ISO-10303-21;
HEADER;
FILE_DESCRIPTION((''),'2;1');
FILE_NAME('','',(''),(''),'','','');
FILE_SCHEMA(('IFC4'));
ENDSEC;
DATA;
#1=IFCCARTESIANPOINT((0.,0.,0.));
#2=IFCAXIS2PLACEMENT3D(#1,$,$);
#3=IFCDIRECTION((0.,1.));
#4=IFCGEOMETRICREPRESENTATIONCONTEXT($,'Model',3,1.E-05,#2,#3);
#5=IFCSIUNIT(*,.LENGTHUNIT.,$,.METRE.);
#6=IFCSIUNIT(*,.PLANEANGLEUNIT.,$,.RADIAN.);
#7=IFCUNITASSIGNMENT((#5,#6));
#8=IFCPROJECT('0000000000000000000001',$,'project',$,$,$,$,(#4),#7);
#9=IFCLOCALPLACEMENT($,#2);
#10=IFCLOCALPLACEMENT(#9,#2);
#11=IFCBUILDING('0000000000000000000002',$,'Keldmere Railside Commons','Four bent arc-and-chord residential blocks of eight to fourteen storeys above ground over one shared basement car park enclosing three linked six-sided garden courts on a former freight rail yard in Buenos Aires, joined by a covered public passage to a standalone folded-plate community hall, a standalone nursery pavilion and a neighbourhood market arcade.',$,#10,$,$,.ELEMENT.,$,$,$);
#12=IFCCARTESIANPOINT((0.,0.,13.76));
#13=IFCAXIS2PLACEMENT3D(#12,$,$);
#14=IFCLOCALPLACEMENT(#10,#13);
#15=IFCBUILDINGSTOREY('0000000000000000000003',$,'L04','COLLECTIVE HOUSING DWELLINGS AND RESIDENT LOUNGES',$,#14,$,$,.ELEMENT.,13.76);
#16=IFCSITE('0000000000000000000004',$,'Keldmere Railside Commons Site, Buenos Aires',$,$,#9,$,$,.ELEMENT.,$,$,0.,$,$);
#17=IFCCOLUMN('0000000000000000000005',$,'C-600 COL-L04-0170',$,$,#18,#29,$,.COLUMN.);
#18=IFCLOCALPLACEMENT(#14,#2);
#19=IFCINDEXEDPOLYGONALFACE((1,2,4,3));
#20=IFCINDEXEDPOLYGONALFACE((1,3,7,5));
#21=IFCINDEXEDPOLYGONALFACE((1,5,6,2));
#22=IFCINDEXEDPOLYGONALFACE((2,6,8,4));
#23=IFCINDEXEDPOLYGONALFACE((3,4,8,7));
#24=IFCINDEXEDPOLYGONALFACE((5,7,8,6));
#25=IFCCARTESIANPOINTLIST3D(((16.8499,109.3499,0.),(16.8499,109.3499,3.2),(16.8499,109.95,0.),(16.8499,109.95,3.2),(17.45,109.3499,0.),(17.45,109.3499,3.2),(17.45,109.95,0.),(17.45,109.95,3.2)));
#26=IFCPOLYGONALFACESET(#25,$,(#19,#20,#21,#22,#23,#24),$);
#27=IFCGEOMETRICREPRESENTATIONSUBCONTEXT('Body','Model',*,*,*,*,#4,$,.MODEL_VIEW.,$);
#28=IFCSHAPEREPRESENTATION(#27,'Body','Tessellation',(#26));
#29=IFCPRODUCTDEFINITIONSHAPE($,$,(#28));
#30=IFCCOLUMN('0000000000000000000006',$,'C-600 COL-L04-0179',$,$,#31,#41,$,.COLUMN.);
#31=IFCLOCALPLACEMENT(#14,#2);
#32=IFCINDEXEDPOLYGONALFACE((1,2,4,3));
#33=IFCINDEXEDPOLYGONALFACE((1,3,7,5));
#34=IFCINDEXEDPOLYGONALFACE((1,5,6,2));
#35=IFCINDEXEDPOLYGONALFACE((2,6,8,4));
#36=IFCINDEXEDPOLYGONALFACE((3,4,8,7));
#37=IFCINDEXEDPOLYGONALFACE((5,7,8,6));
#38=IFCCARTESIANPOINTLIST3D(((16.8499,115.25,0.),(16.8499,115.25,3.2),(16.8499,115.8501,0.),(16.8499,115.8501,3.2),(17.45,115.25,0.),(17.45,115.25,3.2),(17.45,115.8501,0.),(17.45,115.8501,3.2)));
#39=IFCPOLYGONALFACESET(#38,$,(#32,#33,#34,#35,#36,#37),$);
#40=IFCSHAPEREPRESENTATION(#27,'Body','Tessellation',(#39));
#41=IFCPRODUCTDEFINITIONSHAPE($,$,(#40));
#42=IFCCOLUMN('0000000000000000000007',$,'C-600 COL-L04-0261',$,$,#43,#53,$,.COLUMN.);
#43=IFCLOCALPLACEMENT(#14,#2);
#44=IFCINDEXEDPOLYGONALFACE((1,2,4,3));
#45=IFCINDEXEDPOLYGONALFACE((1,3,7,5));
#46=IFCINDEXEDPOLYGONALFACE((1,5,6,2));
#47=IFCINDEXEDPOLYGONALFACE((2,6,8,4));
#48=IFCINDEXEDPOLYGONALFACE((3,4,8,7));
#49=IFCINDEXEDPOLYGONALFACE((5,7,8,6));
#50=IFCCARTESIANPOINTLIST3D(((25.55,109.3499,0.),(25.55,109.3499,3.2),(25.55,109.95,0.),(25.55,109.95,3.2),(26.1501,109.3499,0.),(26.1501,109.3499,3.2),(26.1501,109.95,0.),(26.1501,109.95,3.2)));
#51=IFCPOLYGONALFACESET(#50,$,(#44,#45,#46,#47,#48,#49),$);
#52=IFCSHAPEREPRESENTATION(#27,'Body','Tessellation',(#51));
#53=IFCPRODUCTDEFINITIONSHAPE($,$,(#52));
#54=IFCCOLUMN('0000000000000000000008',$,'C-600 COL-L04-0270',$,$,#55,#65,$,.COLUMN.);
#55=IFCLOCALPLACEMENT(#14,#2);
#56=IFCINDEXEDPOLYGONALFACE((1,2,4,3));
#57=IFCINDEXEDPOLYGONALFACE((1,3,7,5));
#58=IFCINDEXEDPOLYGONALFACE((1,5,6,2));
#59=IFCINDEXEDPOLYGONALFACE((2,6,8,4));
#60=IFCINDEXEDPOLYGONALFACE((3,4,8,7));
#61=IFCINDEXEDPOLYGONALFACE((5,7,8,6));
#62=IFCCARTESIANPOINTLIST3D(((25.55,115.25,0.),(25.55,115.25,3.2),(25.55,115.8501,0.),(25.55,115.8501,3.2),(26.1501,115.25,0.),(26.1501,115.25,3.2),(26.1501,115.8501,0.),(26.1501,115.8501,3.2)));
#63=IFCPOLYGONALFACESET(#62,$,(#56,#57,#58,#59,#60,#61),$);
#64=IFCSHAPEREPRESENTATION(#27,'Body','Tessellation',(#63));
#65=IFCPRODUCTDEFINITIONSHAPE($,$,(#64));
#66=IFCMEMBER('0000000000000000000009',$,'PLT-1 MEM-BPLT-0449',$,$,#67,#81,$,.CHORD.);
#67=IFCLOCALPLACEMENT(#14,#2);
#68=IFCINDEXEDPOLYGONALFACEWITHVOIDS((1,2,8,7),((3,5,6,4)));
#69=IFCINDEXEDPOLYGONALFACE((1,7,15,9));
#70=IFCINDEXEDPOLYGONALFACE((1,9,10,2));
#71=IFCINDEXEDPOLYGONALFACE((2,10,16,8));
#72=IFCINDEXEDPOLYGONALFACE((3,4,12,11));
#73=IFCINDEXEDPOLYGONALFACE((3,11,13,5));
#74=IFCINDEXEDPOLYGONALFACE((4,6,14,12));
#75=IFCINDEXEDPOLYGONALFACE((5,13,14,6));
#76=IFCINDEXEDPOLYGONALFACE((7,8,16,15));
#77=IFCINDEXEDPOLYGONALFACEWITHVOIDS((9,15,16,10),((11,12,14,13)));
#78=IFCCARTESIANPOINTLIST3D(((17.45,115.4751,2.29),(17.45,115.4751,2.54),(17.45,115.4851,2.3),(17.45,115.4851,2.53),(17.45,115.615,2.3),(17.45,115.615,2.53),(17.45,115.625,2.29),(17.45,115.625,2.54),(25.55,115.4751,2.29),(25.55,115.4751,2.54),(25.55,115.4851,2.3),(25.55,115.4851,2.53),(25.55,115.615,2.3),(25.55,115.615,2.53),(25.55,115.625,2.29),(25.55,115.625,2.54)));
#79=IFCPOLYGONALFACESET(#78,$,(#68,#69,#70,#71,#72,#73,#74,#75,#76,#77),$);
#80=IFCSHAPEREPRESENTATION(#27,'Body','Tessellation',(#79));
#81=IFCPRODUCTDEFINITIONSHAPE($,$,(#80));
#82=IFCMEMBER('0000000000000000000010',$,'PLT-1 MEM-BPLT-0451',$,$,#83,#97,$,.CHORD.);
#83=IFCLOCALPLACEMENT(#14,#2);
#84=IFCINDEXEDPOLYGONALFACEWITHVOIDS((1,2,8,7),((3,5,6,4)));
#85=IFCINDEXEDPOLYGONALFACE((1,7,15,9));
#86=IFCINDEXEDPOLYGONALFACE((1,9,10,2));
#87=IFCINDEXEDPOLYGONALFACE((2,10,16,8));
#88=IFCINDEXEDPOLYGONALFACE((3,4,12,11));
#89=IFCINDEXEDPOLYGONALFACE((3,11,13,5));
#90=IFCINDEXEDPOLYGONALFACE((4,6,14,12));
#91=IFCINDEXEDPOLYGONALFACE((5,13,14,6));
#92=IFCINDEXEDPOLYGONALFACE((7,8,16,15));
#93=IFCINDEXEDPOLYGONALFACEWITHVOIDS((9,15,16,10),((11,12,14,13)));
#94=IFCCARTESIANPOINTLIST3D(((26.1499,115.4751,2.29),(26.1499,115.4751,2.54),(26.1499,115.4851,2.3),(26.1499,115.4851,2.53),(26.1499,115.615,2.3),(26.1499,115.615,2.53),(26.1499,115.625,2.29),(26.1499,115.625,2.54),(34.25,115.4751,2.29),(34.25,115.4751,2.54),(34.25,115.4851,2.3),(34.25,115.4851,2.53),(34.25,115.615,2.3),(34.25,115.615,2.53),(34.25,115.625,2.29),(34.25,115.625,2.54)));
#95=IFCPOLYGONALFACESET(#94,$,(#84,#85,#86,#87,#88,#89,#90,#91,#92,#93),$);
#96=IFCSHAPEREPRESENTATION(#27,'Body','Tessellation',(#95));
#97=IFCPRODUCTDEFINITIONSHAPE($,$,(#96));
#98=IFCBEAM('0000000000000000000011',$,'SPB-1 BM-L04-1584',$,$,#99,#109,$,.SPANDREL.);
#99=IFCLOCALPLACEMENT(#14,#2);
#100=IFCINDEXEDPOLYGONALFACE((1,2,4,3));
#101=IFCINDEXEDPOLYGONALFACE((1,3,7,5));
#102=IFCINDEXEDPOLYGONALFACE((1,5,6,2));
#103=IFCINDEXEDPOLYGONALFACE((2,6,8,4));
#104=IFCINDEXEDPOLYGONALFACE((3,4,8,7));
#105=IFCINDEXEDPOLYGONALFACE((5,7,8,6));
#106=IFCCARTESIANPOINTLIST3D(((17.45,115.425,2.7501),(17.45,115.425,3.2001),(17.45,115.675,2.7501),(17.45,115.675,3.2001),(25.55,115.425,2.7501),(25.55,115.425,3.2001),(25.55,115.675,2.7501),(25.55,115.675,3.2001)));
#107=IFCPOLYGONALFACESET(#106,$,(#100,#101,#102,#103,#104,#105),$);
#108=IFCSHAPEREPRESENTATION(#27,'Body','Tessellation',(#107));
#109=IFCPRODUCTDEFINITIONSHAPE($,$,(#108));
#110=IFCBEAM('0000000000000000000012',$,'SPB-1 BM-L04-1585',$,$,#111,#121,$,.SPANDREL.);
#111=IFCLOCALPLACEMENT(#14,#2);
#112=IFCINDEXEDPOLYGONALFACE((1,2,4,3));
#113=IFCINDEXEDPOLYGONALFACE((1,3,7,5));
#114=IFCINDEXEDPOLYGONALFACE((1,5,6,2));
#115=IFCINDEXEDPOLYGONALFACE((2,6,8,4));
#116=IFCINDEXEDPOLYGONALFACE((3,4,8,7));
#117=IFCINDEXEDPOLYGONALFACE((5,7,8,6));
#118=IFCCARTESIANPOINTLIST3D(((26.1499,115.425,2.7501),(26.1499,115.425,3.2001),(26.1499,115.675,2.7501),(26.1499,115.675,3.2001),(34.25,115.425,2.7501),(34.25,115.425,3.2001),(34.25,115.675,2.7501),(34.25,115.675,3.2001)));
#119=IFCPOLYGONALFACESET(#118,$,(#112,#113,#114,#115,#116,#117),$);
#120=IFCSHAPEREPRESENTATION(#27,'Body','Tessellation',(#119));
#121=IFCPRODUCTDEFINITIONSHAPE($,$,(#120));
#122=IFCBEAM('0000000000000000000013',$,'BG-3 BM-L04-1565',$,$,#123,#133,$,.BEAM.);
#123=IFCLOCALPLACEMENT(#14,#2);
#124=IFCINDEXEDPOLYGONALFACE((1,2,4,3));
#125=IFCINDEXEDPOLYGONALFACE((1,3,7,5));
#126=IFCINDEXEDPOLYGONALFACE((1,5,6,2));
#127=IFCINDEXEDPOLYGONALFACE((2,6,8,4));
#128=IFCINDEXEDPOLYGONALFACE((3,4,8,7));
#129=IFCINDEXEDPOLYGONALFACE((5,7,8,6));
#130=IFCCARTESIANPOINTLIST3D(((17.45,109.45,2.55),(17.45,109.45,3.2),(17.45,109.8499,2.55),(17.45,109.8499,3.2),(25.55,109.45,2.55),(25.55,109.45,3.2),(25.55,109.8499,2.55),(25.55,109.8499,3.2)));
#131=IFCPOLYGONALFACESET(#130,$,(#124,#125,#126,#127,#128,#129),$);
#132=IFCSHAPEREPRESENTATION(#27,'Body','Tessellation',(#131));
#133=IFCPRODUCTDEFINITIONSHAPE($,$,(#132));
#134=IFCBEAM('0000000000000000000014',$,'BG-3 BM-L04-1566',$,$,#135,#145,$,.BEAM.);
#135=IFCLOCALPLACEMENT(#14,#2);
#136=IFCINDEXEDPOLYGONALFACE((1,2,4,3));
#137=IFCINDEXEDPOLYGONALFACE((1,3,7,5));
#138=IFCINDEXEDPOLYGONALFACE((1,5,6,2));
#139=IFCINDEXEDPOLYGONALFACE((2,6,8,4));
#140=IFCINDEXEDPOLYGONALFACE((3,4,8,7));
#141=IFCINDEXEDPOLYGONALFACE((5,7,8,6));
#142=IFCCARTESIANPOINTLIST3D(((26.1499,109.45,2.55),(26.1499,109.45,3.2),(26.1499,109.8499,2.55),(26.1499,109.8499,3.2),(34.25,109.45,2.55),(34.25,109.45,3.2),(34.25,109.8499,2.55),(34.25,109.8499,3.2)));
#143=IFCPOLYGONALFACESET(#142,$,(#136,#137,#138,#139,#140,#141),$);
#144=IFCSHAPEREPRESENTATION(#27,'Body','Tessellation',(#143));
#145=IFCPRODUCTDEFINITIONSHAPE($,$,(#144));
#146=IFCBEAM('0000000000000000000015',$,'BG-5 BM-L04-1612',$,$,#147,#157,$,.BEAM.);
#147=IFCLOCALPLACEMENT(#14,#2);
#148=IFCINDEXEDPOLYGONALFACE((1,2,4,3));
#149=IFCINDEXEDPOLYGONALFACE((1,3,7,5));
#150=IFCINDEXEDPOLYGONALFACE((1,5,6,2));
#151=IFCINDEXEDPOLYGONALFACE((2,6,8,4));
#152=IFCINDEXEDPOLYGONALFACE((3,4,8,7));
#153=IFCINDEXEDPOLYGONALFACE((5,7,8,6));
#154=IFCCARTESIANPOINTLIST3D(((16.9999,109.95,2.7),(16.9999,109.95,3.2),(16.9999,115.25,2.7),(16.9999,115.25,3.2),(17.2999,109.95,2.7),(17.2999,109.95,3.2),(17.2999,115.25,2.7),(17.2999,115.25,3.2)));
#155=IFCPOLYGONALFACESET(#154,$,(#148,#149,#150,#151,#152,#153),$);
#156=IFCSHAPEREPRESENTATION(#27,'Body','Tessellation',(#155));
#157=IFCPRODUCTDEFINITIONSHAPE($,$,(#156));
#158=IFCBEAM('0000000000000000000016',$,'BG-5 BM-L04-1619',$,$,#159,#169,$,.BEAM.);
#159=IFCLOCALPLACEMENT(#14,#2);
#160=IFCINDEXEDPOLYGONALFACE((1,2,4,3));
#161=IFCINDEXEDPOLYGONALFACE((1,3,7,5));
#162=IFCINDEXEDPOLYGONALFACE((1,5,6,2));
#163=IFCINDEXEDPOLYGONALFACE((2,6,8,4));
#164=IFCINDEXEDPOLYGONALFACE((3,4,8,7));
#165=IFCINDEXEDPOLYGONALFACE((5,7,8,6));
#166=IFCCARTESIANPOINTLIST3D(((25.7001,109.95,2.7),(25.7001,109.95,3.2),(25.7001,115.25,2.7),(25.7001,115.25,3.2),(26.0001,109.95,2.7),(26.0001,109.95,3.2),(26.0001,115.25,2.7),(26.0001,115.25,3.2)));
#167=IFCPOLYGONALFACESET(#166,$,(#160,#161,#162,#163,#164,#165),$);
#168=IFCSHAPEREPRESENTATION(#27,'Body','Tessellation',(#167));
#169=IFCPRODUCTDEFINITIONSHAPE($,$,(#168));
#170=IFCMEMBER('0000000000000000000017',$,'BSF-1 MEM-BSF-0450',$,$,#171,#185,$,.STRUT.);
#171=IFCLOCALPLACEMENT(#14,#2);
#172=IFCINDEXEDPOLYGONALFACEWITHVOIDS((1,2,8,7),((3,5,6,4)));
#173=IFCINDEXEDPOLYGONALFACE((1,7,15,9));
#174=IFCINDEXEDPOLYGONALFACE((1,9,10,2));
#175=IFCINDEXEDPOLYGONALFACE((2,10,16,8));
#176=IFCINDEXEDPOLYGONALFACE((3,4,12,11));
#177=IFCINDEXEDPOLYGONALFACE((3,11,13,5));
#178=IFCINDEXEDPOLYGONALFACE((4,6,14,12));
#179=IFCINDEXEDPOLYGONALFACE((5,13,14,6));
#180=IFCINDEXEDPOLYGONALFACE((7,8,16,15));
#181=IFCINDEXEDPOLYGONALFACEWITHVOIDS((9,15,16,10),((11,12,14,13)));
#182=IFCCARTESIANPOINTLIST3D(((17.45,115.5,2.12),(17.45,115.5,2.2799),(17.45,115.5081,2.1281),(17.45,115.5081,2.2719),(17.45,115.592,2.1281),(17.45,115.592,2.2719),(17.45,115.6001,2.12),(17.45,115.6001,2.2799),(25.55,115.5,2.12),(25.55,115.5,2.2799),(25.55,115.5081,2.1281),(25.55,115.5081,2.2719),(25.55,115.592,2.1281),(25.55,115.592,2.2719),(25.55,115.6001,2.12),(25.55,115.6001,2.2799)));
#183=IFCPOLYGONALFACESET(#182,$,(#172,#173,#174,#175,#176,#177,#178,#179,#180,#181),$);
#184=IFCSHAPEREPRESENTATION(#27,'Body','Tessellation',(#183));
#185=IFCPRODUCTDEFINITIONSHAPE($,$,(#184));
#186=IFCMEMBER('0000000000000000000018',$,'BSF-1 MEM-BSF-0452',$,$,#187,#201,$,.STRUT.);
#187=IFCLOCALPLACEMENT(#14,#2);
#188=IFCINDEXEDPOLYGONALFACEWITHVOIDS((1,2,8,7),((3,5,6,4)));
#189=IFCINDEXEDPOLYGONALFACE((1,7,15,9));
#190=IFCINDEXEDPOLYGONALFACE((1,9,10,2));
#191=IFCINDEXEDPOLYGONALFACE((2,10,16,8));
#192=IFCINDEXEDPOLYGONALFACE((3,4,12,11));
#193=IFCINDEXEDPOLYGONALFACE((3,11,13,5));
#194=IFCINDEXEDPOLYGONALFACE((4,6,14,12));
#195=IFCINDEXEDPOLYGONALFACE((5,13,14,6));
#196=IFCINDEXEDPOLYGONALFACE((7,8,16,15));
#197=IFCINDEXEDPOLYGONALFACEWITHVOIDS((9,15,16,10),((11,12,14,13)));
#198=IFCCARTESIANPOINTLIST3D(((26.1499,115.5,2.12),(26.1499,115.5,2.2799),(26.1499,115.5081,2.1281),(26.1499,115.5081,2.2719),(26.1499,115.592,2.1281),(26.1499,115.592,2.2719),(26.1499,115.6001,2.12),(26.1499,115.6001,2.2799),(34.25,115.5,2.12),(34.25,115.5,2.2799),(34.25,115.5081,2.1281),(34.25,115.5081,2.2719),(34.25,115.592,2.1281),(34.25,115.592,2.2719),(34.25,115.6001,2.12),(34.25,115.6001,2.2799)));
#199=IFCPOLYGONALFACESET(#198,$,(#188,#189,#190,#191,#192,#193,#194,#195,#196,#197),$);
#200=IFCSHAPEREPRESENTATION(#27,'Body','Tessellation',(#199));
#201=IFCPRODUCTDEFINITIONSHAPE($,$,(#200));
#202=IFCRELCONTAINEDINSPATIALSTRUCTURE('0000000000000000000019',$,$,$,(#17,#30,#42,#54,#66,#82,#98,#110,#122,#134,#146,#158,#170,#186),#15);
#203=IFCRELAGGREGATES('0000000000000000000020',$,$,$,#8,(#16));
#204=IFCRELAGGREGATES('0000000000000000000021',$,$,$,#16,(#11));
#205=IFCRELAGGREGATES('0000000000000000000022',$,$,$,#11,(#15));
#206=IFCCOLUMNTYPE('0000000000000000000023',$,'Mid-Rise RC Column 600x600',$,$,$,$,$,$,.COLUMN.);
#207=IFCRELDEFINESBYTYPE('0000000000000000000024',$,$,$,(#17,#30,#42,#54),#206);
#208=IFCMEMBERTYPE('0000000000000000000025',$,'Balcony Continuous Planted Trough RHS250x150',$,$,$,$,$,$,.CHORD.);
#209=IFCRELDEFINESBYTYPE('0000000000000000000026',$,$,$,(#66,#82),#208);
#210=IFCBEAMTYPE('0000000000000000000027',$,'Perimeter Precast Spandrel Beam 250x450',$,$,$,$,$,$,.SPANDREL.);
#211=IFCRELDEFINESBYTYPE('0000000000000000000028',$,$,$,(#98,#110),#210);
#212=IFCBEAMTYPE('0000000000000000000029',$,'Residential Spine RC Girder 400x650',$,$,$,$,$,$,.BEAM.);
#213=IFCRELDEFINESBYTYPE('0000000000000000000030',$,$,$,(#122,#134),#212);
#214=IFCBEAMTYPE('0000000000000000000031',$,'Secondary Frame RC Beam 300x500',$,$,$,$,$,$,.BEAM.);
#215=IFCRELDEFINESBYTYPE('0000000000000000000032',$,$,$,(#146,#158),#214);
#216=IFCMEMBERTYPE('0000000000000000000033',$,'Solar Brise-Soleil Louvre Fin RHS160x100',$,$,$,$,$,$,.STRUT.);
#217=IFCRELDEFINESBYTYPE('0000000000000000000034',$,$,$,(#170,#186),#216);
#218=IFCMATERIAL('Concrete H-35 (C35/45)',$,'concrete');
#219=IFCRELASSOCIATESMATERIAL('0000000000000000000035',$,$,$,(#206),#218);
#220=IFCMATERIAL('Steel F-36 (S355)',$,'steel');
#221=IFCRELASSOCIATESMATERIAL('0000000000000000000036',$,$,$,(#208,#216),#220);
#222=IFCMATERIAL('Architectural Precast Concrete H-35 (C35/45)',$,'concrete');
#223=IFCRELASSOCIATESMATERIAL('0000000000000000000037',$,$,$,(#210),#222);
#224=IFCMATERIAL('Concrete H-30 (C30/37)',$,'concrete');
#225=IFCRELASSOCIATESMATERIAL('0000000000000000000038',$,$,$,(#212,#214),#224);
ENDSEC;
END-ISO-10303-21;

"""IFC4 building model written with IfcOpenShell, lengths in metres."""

from ifc_helpers import new_model, si_unit, direction, frame, origin, origin_2d, place, context, subcontext, project, spatial, rectangle, hollow_rectangle, extrude, material, material_profile, profile_set, type_object, element, save


model = new_model("IFC4")

# Units and contexts
model_context = context("Model", 3, precision=1e-05, world=origin(), true_north=direction((0.0, 1.0)))
body_context = subcontext(model_context, "Body", "Model", "MODEL_VIEW")
ifc_project = project(units=[si_unit("LENGTHUNIT", "METRE"), si_unit("PLANEANGLEUNIT", "RADIAN")], contexts=[model_context])

# Site, building, storey
site_placement = place(None, origin())
site = spatial("IfcSite", under=ifc_project, at=site_placement, Name="Keldmere Railside Commons Site, Buenos Aires", CompositionType="ELEMENT", RefElevation=0.0)
building_placement = place(site_placement, origin())
building = spatial("IfcBuilding", under=site, at=building_placement, Name="Keldmere Railside Commons", Description="Four bent arc-and-chord residential blocks of eight to fourteen storeys above ground over one shared basement car park enclosing three linked six-sided garden courts on a former freight rail yard in Buenos Aires, joined by a covered public passage to a standalone folded-plate community hall, a standalone nursery pavilion and a neighbourhood market arcade.", CompositionType="ELEMENT")
storey_placement = place(building_placement, frame((0.0, 0.0, 13.76)))
storey = spatial("IfcBuildingStorey", under=building, at=storey_placement, Name="L04", Description="COLLECTIVE HOUSING DWELLINGS AND RESIDENT LOUNGES", CompositionType="ELEMENT", Elevation=13.76)

# Columns
ifc_material_1 = material(Name="Concrete H-35 (C35/45)", Category="concrete")
ifc_material_profile_1 = material_profile(ifc_material_1, rectangle(XDim=0.6001, YDim=0.6001, at=origin_2d()), Name="RC-600x600")
ifc_profile_set_1 = profile_set([ifc_material_profile_1], Name="Concrete H-35 (C35/45)")
column_type = type_object("IfcColumnType", Name="Mid-Rise RC Column 600x600", PredefinedType="COLUMN", material=ifc_profile_set_1)
for number, where, z_axis, x_axis, name in (
    (1, (17.1499, 109.6499, 0.0), (0.0, 0.0, 1.0), (1.0, 0.0, 0.0), "C-600 COL-L04-0170"),
    (2, (17.1499, 115.55, 0.0), (0.0, 0.0, 1.0), (1.0, 0.0, 0.0), "C-600 COL-L04-0179"),
    (3, (25.8501, 109.6499, 0.0), (0.0, 0.0, 1.0), (1.0, 0.0, 0.0), "C-600 COL-L04-0261"),
    (4, (25.8501, 115.55, 0.0), (0.0, 0.0, 1.0), (1.0, 0.0, 0.0), "C-600 COL-L04-0270"),
):
    element("IfcColumn", number, at=place(storey_placement, frame(where, z_axis=z_axis, x_axis=x_axis)), inside=storey, type_object=column_type, Name=name, PredefinedType="COLUMN", context=body_context, shape_type="SweptSolid", body=[
        extrude(rectangle(XDim=0.6001, YDim=0.6001, at=origin_2d()), origin(), (0.0, 0.0, 1.0), 3.2),
    ])

# Members
ifc_material_2 = material(Name="Steel F-36 (S355)", Category="steel")
ifc_material_profile_2 = material_profile(ifc_material_2, hollow_rectangle(XDim=0.1499, YDim=0.25, WallThickness=0.01, at=origin_2d()), Name="RHS-250x150x10")
ifc_profile_set_2 = profile_set([ifc_material_profile_2], Name="Steel F-36 (S355)")
member_type_1 = type_object("IfcMemberType", Name="Balcony Continuous Planted Trough RHS250x150", PredefinedType="CHORD", material=ifc_profile_set_2)
for number, where, z_axis, x_axis, name in (
    (5, (17.45, 115.55, 2.415), (1.0, 0.0, 0.0), (0.0, 1.0, 0.0), "PLT-1 MEM-BPLT-0449"),
    (6, (26.1499, 115.55, 2.415), (1.0, 0.0, 0.0), (0.0, 1.0, 0.0), "PLT-1 MEM-BPLT-0451"),
):
    element("IfcMember", number, at=place(storey_placement, frame(where, z_axis=z_axis, x_axis=x_axis)), inside=storey, type_object=member_type_1, Name=name, PredefinedType="CHORD", context=body_context, shape_type="SweptSolid", body=[
        extrude(hollow_rectangle(XDim=0.1499, YDim=0.25, WallThickness=0.01, at=origin_2d()), origin(), (0.0, 0.0, 1.0), 8.1001),
    ])

# Beams
ifc_material_3 = material(Name="Architectural Precast Concrete H-35 (C35/45)", Category="concrete")
ifc_material_profile_3 = material_profile(ifc_material_3, rectangle(XDim=0.25, YDim=0.45, at=origin_2d()), Name="RC-250x450")
ifc_profile_set_3 = profile_set([ifc_material_profile_3], Name="Architectural Precast Concrete H-35 (C35/45)")
beam_type_1 = type_object("IfcBeamType", Name="Perimeter Precast Spandrel Beam 250x450", PredefinedType="SPANDREL", material=ifc_profile_set_3)
for number, where, z_axis, x_axis, name in (
    (7, (17.45, 115.55, 2.9751), (1.0, 0.0, 0.0), (0.0, 1.0, 0.0), "SPB-1 BM-L04-1584"),
    (8, (26.1499, 115.55, 2.9751), (1.0, 0.0, 0.0), (0.0, 1.0, 0.0), "SPB-1 BM-L04-1585"),
):
    element("IfcBeam", number, at=place(storey_placement, frame(where, z_axis=z_axis, x_axis=x_axis)), inside=storey, type_object=beam_type_1, Name=name, PredefinedType="SPANDREL", context=body_context, shape_type="SweptSolid", body=[
        extrude(rectangle(XDim=0.25, YDim=0.45, at=origin_2d()), origin(), (0.0, 0.0, 1.0), 8.1001),
    ])
ifc_material_4 = material(Name="Concrete H-30 (C30/37)", Category="concrete")
ifc_material_profile_4 = material_profile(ifc_material_4, rectangle(XDim=0.3999, YDim=0.6499, at=origin_2d()), Name="RC-400x650")
ifc_profile_set_4 = profile_set([ifc_material_profile_4], Name="Concrete H-30 (C30/37)")
beam_type_2 = type_object("IfcBeamType", Name="Residential Spine RC Girder 400x650", PredefinedType="BEAM", material=ifc_profile_set_4)
for number, where, z_axis, x_axis, name in (
    (9, (17.45, 109.6499, 2.875), (1.0, 0.0, 0.0), (0.0, 1.0, 0.0), "BG-3 BM-L04-1565"),
    (10, (26.1499, 109.6499, 2.875), (1.0, 0.0, 0.0), (0.0, 1.0, 0.0), "BG-3 BM-L04-1566"),
):
    element("IfcBeam", number, at=place(storey_placement, frame(where, z_axis=z_axis, x_axis=x_axis)), inside=storey, type_object=beam_type_2, Name=name, PredefinedType="BEAM", context=body_context, shape_type="SweptSolid", body=[
        extrude(rectangle(XDim=0.3999, YDim=0.6499, at=origin_2d()), origin(), (0.0, 0.0, 1.0), 8.1001),
    ])
ifc_material_profile_5 = material_profile(ifc_material_4, rectangle(XDim=0.3, YDim=0.5, at=origin_2d()), Name="RC-300x500")
ifc_profile_set_5 = profile_set([ifc_material_profile_5], Name="Concrete H-30 (C30/37)")
beam_type_3 = type_object("IfcBeamType", Name="Secondary Frame RC Beam 300x500", PredefinedType="BEAM", material=ifc_profile_set_5)
for number, where, z_axis, x_axis, name in (
    (11, (17.1499, 109.95, 2.95), (0.0, 1.0, 0.0), (-1.0, 0.0, 0.0), "BG-5 BM-L04-1612"),
    (12, (25.8501, 109.95, 2.95), (0.0, 1.0, 0.0), (-1.0, 0.0, 0.0), "BG-5 BM-L04-1619"),
):
    element("IfcBeam", number, at=place(storey_placement, frame(where, z_axis=z_axis, x_axis=x_axis)), inside=storey, type_object=beam_type_3, Name=name, PredefinedType="BEAM", context=body_context, shape_type="SweptSolid", body=[
        extrude(rectangle(XDim=0.3, YDim=0.5, at=origin_2d()), origin(), (0.0, 0.0, 1.0), 5.3),
    ])

# Members
ifc_material_profile_6 = material_profile(ifc_material_2, hollow_rectangle(XDim=0.1001, YDim=0.1599, WallThickness=0.0081, at=origin_2d()), Name="RHS-160x100x8")
ifc_profile_set_6 = profile_set([ifc_material_profile_6], Name="Steel F-36 (S355)")
member_type_2 = type_object("IfcMemberType", Name="Solar Brise-Soleil Louvre Fin RHS160x100", PredefinedType="STRUT", material=ifc_profile_set_6)
for number, where, z_axis, x_axis, name in (
    (13, (17.45, 115.55, 2.2), (1.0, 0.0, 0.0), (0.0, 1.0, 0.0), "BSF-1 MEM-BSF-0450"),
    (14, (26.1499, 115.55, 2.2), (1.0, 0.0, 0.0), (0.0, 1.0, 0.0), "BSF-1 MEM-BSF-0452"),
):
    element("IfcMember", number, at=place(storey_placement, frame(where, z_axis=z_axis, x_axis=x_axis)), inside=storey, type_object=member_type_2, Name=name, PredefinedType="STRUT", context=body_context, shape_type="SweptSolid", body=[
        extrude(hollow_rectangle(XDim=0.1001, YDim=0.1599, WallThickness=0.0081, at=origin_2d()), origin(), (0.0, 0.0, 1.0), 8.1001),
    ])

save(model, "model.ifc")
